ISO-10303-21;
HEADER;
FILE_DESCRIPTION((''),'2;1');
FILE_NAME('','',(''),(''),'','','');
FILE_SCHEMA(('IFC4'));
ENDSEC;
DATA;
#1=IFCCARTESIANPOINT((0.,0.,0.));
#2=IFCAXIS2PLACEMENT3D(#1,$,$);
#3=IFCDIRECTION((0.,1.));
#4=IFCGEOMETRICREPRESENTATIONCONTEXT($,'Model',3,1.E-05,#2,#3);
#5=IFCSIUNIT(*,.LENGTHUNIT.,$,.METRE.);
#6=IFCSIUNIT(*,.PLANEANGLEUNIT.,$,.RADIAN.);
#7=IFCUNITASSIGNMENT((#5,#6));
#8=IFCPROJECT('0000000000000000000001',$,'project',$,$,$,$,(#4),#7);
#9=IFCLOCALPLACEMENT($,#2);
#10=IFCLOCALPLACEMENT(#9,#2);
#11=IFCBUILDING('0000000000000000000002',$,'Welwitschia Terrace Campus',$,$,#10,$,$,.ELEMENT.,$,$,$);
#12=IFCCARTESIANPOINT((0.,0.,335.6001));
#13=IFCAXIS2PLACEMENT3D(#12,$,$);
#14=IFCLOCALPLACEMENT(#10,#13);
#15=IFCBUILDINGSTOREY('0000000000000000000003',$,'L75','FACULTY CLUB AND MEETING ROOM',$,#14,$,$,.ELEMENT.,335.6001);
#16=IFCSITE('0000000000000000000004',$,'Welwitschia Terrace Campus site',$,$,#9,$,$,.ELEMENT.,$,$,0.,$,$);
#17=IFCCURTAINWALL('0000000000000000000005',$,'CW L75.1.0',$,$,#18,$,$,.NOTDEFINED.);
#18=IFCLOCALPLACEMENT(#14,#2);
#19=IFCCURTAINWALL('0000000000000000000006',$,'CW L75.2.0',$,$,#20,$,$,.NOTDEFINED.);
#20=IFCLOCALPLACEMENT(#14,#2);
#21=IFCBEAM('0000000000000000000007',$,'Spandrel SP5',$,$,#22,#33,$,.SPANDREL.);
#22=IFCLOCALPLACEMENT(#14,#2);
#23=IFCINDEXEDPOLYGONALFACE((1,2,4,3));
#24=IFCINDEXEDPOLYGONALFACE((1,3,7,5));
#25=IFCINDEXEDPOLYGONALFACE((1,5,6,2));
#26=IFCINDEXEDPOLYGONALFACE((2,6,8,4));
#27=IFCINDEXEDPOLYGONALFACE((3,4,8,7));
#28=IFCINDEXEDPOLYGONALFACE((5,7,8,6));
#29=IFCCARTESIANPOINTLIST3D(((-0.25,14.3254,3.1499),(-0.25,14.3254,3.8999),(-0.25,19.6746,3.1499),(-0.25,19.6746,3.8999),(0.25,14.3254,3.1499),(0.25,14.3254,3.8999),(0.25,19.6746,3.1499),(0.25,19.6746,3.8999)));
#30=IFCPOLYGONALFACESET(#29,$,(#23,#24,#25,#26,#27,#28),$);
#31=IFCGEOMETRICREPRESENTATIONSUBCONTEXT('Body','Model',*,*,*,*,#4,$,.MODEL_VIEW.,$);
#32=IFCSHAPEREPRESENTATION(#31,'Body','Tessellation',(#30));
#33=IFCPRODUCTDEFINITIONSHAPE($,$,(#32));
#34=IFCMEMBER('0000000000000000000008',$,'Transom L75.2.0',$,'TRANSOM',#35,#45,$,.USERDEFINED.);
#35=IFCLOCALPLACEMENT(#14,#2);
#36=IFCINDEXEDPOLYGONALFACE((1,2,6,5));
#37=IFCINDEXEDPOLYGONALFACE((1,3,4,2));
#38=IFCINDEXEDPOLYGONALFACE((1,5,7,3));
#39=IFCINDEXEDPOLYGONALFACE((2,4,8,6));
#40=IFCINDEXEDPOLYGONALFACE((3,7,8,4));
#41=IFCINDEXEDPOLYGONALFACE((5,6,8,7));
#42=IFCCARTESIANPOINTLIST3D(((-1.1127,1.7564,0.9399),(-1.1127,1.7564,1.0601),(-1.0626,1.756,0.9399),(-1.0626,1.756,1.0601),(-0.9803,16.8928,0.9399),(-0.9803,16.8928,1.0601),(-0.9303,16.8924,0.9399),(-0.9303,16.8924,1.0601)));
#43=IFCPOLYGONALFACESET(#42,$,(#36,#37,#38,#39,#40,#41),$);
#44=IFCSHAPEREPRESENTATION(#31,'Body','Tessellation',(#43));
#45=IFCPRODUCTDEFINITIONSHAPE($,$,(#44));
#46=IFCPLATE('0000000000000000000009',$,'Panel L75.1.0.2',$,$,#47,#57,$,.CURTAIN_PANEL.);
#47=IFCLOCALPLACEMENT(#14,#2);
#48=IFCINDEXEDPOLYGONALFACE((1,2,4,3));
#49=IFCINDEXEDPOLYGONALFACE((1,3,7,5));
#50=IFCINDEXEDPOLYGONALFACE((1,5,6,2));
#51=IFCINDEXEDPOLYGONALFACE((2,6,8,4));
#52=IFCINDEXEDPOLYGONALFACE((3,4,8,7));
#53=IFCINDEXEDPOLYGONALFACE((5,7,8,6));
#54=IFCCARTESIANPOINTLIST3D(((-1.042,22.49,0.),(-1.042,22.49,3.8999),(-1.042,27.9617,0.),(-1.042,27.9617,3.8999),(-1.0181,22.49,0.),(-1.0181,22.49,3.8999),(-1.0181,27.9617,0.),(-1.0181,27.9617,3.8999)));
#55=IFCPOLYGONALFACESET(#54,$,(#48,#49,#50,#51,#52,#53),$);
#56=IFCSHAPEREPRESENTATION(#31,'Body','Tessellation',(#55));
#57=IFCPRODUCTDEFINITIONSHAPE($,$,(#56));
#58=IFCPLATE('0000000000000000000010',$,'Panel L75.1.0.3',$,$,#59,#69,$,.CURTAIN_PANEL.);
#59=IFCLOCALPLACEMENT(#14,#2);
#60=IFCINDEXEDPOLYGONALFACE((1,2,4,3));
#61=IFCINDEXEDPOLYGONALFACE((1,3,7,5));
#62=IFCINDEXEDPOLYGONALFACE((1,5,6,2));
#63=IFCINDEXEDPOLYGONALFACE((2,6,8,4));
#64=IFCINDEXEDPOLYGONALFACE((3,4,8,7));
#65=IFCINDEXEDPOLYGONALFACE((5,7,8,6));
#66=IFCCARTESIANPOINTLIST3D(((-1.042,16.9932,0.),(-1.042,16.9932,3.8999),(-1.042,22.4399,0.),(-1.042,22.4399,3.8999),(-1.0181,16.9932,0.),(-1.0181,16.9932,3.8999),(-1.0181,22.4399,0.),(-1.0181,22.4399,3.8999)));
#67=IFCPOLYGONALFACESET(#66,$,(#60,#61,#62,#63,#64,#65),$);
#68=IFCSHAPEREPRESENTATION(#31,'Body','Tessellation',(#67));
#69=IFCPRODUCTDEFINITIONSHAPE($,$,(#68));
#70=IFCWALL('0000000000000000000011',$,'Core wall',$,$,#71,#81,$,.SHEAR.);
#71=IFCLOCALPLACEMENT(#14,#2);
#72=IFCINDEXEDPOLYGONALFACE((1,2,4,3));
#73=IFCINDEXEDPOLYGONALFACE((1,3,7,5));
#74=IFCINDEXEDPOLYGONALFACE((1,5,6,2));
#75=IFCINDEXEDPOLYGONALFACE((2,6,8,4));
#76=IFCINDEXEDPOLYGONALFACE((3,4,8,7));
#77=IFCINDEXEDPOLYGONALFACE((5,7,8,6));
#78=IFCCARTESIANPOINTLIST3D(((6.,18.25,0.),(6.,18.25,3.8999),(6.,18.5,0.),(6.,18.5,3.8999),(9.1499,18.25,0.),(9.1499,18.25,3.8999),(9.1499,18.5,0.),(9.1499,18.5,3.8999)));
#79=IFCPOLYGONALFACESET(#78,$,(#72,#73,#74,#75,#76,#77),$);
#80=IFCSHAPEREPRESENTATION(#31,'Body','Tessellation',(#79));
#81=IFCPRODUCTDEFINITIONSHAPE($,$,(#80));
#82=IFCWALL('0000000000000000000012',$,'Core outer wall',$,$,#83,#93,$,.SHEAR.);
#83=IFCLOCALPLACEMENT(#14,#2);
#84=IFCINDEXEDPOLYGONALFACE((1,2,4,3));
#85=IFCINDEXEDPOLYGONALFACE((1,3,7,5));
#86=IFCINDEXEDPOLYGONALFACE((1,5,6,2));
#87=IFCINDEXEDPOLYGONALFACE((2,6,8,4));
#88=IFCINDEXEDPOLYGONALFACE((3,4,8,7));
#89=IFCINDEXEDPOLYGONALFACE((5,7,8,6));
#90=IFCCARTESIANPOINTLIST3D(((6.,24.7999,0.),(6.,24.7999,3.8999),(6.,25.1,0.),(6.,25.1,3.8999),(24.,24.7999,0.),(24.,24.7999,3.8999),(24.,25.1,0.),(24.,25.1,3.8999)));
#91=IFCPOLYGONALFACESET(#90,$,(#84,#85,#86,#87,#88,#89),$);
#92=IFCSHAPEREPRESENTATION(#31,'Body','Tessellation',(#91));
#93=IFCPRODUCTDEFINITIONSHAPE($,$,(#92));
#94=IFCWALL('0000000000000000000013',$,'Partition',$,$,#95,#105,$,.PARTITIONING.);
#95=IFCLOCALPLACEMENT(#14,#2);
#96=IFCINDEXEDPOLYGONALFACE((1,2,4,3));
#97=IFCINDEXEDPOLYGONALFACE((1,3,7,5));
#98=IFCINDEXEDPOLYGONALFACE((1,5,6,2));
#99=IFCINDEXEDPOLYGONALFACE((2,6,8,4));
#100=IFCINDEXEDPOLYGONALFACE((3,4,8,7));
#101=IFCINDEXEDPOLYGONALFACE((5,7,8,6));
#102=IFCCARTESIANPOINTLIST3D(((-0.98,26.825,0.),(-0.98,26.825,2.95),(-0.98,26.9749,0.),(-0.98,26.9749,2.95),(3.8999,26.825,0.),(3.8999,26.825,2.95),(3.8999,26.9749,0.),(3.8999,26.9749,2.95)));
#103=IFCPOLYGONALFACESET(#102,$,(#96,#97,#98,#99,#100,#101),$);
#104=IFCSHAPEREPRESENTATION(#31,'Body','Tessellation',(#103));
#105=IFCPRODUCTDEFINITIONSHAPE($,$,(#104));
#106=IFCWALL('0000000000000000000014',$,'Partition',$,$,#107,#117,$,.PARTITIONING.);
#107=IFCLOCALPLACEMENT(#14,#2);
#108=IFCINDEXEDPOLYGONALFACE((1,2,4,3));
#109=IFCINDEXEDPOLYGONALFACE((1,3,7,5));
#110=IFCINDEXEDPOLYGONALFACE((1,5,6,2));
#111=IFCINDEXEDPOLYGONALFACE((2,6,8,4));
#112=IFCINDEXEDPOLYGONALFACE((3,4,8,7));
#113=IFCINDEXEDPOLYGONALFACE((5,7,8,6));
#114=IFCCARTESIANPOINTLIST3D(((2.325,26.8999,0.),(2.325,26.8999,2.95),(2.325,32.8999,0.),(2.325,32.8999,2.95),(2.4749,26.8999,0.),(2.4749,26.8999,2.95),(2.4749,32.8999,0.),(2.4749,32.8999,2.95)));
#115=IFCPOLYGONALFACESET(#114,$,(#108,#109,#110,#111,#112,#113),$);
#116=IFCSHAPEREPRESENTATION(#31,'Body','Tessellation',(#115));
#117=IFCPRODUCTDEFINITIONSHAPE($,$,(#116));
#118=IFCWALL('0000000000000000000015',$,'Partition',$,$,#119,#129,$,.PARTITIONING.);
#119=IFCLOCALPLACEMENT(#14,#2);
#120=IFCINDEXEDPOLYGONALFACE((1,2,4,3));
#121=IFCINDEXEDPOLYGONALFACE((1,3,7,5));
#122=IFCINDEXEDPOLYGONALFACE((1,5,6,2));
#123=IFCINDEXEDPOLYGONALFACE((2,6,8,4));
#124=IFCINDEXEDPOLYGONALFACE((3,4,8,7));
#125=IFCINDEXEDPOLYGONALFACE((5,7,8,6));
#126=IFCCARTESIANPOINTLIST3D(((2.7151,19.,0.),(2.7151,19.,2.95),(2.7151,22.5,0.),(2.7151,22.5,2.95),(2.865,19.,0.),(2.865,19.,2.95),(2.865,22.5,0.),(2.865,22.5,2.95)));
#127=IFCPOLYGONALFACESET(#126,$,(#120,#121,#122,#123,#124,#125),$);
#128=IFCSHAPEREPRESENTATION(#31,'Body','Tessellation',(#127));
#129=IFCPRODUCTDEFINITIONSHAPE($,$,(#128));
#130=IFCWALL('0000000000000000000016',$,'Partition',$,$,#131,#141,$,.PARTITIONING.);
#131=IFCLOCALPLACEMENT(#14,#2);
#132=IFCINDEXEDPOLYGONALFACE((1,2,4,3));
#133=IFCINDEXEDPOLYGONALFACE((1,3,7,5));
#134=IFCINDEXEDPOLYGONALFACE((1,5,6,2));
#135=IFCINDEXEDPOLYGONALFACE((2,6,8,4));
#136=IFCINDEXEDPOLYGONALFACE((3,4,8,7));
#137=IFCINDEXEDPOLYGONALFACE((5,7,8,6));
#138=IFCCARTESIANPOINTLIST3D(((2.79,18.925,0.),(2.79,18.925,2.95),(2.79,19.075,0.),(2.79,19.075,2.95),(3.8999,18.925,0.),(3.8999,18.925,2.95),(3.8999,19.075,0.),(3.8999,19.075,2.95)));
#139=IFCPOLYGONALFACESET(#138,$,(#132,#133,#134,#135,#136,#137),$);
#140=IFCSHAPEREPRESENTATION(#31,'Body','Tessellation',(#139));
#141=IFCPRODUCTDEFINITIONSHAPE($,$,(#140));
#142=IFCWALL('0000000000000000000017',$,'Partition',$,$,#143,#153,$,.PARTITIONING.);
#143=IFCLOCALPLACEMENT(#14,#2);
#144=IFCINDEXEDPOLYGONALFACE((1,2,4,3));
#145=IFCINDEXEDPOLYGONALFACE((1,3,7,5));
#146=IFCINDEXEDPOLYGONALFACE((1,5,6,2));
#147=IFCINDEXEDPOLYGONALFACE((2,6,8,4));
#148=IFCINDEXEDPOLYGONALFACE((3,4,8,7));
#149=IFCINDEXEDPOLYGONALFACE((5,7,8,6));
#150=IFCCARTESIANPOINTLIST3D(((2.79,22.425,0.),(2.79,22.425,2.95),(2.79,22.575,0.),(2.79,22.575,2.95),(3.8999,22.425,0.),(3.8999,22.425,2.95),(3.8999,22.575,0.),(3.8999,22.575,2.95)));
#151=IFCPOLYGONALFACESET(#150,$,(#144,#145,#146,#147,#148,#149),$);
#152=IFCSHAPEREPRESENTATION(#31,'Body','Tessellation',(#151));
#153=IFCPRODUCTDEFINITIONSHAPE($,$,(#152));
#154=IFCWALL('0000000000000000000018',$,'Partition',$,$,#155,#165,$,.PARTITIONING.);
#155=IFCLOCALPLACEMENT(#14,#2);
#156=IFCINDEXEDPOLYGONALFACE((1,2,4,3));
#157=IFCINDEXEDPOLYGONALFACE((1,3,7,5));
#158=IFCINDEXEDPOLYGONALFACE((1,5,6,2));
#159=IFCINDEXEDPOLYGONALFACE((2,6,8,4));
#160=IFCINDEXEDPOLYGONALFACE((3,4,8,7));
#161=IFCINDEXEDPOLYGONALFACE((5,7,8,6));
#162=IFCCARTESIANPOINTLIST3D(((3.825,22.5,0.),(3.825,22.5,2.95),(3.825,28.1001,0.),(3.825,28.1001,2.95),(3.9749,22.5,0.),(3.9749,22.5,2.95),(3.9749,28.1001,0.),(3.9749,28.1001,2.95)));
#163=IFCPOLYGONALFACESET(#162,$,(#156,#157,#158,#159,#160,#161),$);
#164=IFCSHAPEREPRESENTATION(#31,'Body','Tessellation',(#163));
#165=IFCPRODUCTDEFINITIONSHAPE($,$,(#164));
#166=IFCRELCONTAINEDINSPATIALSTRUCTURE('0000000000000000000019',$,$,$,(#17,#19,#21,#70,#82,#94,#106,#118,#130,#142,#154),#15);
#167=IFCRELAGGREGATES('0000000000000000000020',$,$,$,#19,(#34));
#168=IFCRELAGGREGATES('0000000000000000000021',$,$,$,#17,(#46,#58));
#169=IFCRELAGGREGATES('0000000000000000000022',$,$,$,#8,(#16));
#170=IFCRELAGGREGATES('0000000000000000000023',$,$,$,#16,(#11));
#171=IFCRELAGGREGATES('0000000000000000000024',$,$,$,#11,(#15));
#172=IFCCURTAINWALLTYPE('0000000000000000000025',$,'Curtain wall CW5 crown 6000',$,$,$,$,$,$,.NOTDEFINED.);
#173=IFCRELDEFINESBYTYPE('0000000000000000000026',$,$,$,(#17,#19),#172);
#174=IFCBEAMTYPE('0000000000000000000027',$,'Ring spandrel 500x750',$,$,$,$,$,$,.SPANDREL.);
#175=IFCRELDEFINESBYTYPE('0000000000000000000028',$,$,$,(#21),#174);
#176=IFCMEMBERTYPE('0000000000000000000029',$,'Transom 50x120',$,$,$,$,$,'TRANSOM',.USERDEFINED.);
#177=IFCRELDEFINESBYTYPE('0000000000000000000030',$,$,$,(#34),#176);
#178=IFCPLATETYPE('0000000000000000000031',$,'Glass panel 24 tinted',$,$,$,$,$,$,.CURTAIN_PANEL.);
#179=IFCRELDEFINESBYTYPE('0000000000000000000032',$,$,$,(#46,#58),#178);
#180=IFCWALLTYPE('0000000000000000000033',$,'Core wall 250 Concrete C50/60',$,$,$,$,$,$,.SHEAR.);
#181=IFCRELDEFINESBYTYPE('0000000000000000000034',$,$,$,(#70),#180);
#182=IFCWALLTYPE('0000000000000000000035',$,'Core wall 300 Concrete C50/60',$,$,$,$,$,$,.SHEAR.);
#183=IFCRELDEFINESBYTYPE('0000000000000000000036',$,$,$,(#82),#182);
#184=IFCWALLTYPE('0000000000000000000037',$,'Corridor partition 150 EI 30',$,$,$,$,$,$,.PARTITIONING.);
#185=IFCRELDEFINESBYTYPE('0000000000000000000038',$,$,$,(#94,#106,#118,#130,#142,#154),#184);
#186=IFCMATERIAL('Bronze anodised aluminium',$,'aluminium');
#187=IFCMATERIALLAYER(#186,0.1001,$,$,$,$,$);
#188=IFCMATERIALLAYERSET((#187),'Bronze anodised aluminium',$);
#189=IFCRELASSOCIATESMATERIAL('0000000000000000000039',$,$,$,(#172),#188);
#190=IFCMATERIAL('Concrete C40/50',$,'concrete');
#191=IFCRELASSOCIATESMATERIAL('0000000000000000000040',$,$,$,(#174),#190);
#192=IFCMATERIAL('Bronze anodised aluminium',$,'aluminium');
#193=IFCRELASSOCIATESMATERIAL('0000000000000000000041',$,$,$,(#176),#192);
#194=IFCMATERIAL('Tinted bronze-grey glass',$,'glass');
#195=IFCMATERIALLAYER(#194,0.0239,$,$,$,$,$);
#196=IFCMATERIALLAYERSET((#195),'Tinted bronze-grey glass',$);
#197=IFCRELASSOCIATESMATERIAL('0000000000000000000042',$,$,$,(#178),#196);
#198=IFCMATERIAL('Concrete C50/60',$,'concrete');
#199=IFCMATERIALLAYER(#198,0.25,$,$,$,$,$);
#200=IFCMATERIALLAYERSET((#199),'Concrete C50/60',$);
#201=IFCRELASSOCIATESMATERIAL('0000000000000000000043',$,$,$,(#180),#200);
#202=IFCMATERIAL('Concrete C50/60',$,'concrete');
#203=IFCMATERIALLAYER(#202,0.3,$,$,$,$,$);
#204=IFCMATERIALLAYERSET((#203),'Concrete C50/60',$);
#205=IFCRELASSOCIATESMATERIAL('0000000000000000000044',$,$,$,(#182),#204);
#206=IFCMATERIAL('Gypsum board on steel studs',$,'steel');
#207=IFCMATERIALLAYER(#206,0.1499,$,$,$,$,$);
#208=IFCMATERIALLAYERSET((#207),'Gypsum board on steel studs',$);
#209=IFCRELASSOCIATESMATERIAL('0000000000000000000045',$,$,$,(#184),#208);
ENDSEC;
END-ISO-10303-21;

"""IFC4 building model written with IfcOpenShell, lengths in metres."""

from ifc_helpers import new_model, si_unit, direction, frame, frame_2d, origin, origin_2d, place, context, subcontext, project, spatial, rectangle, extrude, material, layer, layer_set, material_profile, profile_set, type_object, element, aggregate, save


model = new_model("IFC4")

# Units and contexts
model_context = context("Model", 3, precision=1e-05, world=origin(), true_north=direction((0.0, 1.0)))
body_context = subcontext(model_context, "Body", "Model", "MODEL_VIEW")
ifc_project = project(units=[si_unit("LENGTHUNIT", "METRE"), si_unit("PLANEANGLEUNIT", "RADIAN")], contexts=[model_context])

# Site, building, storey
site_placement = place(None, origin())
site = spatial("IfcSite", under=ifc_project, at=site_placement, Name="Welwitschia Terrace Campus site", CompositionType="ELEMENT", RefElevation=0.0)
building_placement = place(site_placement, origin())
building = spatial("IfcBuilding", under=site, at=building_placement, Name="Welwitschia Terrace Campus", CompositionType="ELEMENT")
storey_placement = place(building_placement, frame((0.0, 0.0, 335.6001)))
storey = spatial("IfcBuildingStorey", under=building, at=storey_placement, Name="L75", Description="FACULTY CLUB AND MEETING ROOM", CompositionType="ELEMENT", Elevation=335.6001)

# Curtain wall
ifc_material_1 = material(Name="Bronze anodised aluminium", Category="aluminium")
ifc_layer_1 = layer(ifc_material_1, 0.1001)
ifc_layer_set_1 = layer_set([ifc_layer_1], Name="Bronze anodised aluminium")
curtain_wall_type = type_object("IfcCurtainWallType", Name="Curtain wall CW5 crown 6000", PredefinedType="NOTDEFINED", material=ifc_layer_set_1)
curtain_wall_1_placement = place(storey_placement, origin())
curtain_wall_1 = element("IfcCurtainWall", 1, at=curtain_wall_1_placement, inside=storey, type_object=curtain_wall_type, Name="CW L75.1.0", PredefinedType="NOTDEFINED")

# Curtain wall
curtain_wall_2_placement = place(storey_placement, origin())
curtain_wall_2 = element("IfcCurtainWall", 2, at=curtain_wall_2_placement, inside=storey, type_object=curtain_wall_type, Name="CW L75.2.0", PredefinedType="NOTDEFINED")

# Beam
ifc_material_2 = material(Name="Concrete C40/50", Category="concrete")
ifc_material_profile_1 = material_profile(ifc_material_2, rectangle(XDim=0.5, YDim=0.75, at=origin_2d()))
ifc_profile_set_1 = profile_set([ifc_material_profile_1], Name="Concrete C40/50")
beam_type_1 = type_object("IfcBeamType", Name="Ring spandrel 500x750", PredefinedType="SPANDREL", material=ifc_profile_set_1)
for number, where, z_axis, x_axis, name in (
    (3, (0.0, 19.6746, 3.5249), (0.0, -1.0, 0.0), (1.0, 0.0, 0.0), "Spandrel SP5"),
):
    element("IfcBeam", number, at=place(storey_placement, frame(where, z_axis=z_axis, x_axis=x_axis)), inside=storey, type_object=beam_type_1, Name=name, PredefinedType="SPANDREL", context=body_context, shape_type="SweptSolid", body=[
        extrude(rectangle(XDim=0.5, YDim=0.75, at=origin_2d()), origin(), (0.0, 0.0, 1.0), 5.3491),
    ])

# Member
ifc_material_3 = material(Name="Bronze anodised aluminium", Category="aluminium")
ifc_material_profile_2 = material_profile(ifc_material_3, rectangle(XDim=0.05, YDim=0.1201, at=origin_2d()))
ifc_profile_set_2 = profile_set([ifc_material_profile_2], Name="Bronze anodised aluminium")
member_type_1 = type_object("IfcMemberType", Name="Transom 50x120", ElementType="TRANSOM", PredefinedType="USERDEFINED", material=ifc_profile_set_2)
member_1_placement = place(storey_placement, frame((-0.9553, 16.8926, 1.0), z_axis=(-0.008742, -0.999962, 0.0), x_axis=(0.999962, -0.008742, 0.0)))
member_1 = element("IfcMember", 4, at=member_1_placement, type_object=member_type_1, Name="Transom L75.2.0", ObjectType="TRANSOM", PredefinedType="USERDEFINED", context=body_context, shape_type="SweptSolid", body=[
    extrude(rectangle(XDim=0.05, YDim=0.1201, at=origin_2d()), origin(), (0.0, 0.0, 1.0), 15.137),
])
aggregate(curtain_wall_2, [member_1])

# Plates
ifc_material_4 = material(Name="Tinted bronze-grey glass", Category="glass")
ifc_layer_2 = layer(ifc_material_4, 0.0239)
ifc_layer_set_2 = layer_set([ifc_layer_2], Name="Tinted bronze-grey glass")
plate_type = type_object("IfcPlateType", Name="Glass panel 24 tinted", PredefinedType="CURTAIN_PANEL", material=ifc_layer_set_2)
plate_1_placement = place(storey_placement, frame((-1.03, 25.2258, 0.0), z_axis=(0.0, 0.0, 1.0), x_axis=(0.0, -1.0, 0.0)))
plate_1 = element("IfcPlate", 5, at=plate_1_placement, type_object=plate_type, Name="Panel L75.1.0.2", PredefinedType="CURTAIN_PANEL", context=body_context, shape_type="SweptSolid", body=[
    extrude(rectangle(XDim=5.4717, YDim=0.0239, at=origin_2d()), origin(), (0.0, 0.0, 1.0), 3.8999),
])
plate_2_placement = place(storey_placement, frame((-1.03, 19.7166, 0.0), z_axis=(0.0, 0.0, 1.0), x_axis=(0.0, -1.0, 0.0)))
plate_2 = element("IfcPlate", 6, at=plate_2_placement, type_object=plate_type, Name="Panel L75.1.0.3", PredefinedType="CURTAIN_PANEL", context=body_context, shape_type="SweptSolid", body=[
    extrude(rectangle(XDim=5.4468, YDim=0.0239, at=origin_2d()), origin(), (0.0, 0.0, 1.0), 3.8999),
])
aggregate(curtain_wall_1, [plate_1, plate_2])

# Walls
ifc_material_5 = material(Name="Concrete C50/60", Category="concrete")
ifc_layer_3 = layer(ifc_material_5, 0.25)
ifc_layer_set_3 = layer_set([ifc_layer_3], Name="Concrete C50/60")
wall_type_1 = type_object("IfcWallType", Name="Core wall 250 Concrete C50/60", PredefinedType="SHEAR", material=ifc_layer_set_3)
wall_1_placement = place(storey_placement, frame((6.0, 18.375, 0.0), z_axis=(0.0, 0.0, 1.0), x_axis=(1.0, 0.0, 0.0)))
element("IfcWall", 7, at=wall_1_placement, inside=storey, type_object=wall_type_1, Name="Core wall", PredefinedType="SHEAR", context=body_context, shape_type="SweptSolid", body=[
    extrude(rectangle(XDim=3.1499, YDim=0.25, at=frame_2d((1.575, 0.0))), origin(), (0.0, 0.0, 1.0), 3.8999),
])
ifc_material_6 = material(Name="Concrete C50/60", Category="concrete")
ifc_layer_4 = layer(ifc_material_6, 0.3)
ifc_layer_set_4 = layer_set([ifc_layer_4], Name="Concrete C50/60")
wall_type_2 = type_object("IfcWallType", Name="Core wall 300 Concrete C50/60", PredefinedType="SHEAR", material=ifc_layer_set_4)
wall_2_placement = place(storey_placement, frame((6.0, 24.95, 0.0), z_axis=(0.0, 0.0, 1.0), x_axis=(1.0, 0.0, 0.0)))
element("IfcWall", 8, at=wall_2_placement, inside=storey, type_object=wall_type_2, Name="Core outer wall", PredefinedType="SHEAR", context=body_context, shape_type="SweptSolid", body=[
    extrude(rectangle(XDim=18.0, YDim=0.3, at=frame_2d((9.0, 0.0))), origin(), (0.0, 0.0, 1.0), 3.8999),
])
ifc_material_7 = material(Name="Gypsum board on steel studs", Category="steel")
ifc_layer_5 = layer(ifc_material_7, 0.1499)
ifc_layer_set_5 = layer_set([ifc_layer_5], Name="Gypsum board on steel studs")
wall_type_3 = type_object("IfcWallType", Name="Corridor partition 150 EI 30", PredefinedType="PARTITIONING", material=ifc_layer_set_5)
wall_3_placement = place(storey_placement, frame((-0.98, 26.8999, 0.0), z_axis=(0.0, 0.0, 1.0), x_axis=(1.0, 0.0, 0.0)))
element("IfcWall", 9, at=wall_3_placement, inside=storey, type_object=wall_type_3, Name="Partition", PredefinedType="PARTITIONING", context=body_context, shape_type="SweptSolid", body=[
    extrude(rectangle(XDim=4.8799, YDim=0.1499, at=frame_2d((2.4399, 0.0))), origin(), (0.0, 0.0, 1.0), 2.95),
])
wall_4_placement = place(storey_placement, frame((2.3999, 26.8999, 0.0), z_axis=(0.0, 0.0, 1.0), x_axis=(0.0, 1.0, 0.0)))
element("IfcWall", 10, at=wall_4_placement, inside=storey, type_object=wall_type_3, Name="Partition", PredefinedType="PARTITIONING", context=body_context, shape_type="SweptSolid", body=[
    extrude(rectangle(XDim=6.0, YDim=0.1499, at=frame_2d((3.0, 0.0))), origin(), (0.0, 0.0, 1.0), 2.95),
])
wall_5_placement = place(storey_placement, frame((2.79, 19.0, 0.0), z_axis=(0.0, 0.0, 1.0), x_axis=(0.0, 1.0, 0.0)))
element("IfcWall", 11, at=wall_5_placement, inside=storey, type_object=wall_type_3, Name="Partition", PredefinedType="PARTITIONING", context=body_context, shape_type="SweptSolid", body=[
    extrude(rectangle(XDim=3.5, YDim=0.1499, at=frame_2d((1.75, 0.0))), origin(), (0.0, 0.0, 1.0), 2.95),
])
for number, where, z_axis, x_axis, name in (
    (12, (2.79, 19.0, 0.0), (0.0, 0.0, 1.0), (1.0, 0.0, 0.0), "Partition"),
    (13, (2.79, 22.5, 0.0), (0.0, 0.0, 1.0), (1.0, 0.0, 0.0), "Partition"),
):
    element("IfcWall", number, at=place(storey_placement, frame(where, z_axis=z_axis, x_axis=x_axis)), inside=storey, type_object=wall_type_3, Name=name, PredefinedType="PARTITIONING", context=body_context, shape_type="SweptSolid", body=[
        extrude(rectangle(XDim=1.1099, YDim=0.1499, at=frame_2d((0.5549, 0.0))), origin(), (0.0, 0.0, 1.0), 2.95),
    ])
wall_6_placement = place(storey_placement, frame((3.8999, 22.5, 0.0), z_axis=(0.0, 0.0, 1.0), x_axis=(0.0, 1.0, 0.0)))
element("IfcWall", 14, at=wall_6_placement, inside=storey, type_object=wall_type_3, Name="Partition", PredefinedType="PARTITIONING", context=body_context, shape_type="SweptSolid", body=[
    extrude(rectangle(XDim=5.6001, YDim=0.1499, at=frame_2d((2.8, 0.0))), origin(), (0.0, 0.0, 1.0), 2.95),
])

save(model, "model.ifc")
